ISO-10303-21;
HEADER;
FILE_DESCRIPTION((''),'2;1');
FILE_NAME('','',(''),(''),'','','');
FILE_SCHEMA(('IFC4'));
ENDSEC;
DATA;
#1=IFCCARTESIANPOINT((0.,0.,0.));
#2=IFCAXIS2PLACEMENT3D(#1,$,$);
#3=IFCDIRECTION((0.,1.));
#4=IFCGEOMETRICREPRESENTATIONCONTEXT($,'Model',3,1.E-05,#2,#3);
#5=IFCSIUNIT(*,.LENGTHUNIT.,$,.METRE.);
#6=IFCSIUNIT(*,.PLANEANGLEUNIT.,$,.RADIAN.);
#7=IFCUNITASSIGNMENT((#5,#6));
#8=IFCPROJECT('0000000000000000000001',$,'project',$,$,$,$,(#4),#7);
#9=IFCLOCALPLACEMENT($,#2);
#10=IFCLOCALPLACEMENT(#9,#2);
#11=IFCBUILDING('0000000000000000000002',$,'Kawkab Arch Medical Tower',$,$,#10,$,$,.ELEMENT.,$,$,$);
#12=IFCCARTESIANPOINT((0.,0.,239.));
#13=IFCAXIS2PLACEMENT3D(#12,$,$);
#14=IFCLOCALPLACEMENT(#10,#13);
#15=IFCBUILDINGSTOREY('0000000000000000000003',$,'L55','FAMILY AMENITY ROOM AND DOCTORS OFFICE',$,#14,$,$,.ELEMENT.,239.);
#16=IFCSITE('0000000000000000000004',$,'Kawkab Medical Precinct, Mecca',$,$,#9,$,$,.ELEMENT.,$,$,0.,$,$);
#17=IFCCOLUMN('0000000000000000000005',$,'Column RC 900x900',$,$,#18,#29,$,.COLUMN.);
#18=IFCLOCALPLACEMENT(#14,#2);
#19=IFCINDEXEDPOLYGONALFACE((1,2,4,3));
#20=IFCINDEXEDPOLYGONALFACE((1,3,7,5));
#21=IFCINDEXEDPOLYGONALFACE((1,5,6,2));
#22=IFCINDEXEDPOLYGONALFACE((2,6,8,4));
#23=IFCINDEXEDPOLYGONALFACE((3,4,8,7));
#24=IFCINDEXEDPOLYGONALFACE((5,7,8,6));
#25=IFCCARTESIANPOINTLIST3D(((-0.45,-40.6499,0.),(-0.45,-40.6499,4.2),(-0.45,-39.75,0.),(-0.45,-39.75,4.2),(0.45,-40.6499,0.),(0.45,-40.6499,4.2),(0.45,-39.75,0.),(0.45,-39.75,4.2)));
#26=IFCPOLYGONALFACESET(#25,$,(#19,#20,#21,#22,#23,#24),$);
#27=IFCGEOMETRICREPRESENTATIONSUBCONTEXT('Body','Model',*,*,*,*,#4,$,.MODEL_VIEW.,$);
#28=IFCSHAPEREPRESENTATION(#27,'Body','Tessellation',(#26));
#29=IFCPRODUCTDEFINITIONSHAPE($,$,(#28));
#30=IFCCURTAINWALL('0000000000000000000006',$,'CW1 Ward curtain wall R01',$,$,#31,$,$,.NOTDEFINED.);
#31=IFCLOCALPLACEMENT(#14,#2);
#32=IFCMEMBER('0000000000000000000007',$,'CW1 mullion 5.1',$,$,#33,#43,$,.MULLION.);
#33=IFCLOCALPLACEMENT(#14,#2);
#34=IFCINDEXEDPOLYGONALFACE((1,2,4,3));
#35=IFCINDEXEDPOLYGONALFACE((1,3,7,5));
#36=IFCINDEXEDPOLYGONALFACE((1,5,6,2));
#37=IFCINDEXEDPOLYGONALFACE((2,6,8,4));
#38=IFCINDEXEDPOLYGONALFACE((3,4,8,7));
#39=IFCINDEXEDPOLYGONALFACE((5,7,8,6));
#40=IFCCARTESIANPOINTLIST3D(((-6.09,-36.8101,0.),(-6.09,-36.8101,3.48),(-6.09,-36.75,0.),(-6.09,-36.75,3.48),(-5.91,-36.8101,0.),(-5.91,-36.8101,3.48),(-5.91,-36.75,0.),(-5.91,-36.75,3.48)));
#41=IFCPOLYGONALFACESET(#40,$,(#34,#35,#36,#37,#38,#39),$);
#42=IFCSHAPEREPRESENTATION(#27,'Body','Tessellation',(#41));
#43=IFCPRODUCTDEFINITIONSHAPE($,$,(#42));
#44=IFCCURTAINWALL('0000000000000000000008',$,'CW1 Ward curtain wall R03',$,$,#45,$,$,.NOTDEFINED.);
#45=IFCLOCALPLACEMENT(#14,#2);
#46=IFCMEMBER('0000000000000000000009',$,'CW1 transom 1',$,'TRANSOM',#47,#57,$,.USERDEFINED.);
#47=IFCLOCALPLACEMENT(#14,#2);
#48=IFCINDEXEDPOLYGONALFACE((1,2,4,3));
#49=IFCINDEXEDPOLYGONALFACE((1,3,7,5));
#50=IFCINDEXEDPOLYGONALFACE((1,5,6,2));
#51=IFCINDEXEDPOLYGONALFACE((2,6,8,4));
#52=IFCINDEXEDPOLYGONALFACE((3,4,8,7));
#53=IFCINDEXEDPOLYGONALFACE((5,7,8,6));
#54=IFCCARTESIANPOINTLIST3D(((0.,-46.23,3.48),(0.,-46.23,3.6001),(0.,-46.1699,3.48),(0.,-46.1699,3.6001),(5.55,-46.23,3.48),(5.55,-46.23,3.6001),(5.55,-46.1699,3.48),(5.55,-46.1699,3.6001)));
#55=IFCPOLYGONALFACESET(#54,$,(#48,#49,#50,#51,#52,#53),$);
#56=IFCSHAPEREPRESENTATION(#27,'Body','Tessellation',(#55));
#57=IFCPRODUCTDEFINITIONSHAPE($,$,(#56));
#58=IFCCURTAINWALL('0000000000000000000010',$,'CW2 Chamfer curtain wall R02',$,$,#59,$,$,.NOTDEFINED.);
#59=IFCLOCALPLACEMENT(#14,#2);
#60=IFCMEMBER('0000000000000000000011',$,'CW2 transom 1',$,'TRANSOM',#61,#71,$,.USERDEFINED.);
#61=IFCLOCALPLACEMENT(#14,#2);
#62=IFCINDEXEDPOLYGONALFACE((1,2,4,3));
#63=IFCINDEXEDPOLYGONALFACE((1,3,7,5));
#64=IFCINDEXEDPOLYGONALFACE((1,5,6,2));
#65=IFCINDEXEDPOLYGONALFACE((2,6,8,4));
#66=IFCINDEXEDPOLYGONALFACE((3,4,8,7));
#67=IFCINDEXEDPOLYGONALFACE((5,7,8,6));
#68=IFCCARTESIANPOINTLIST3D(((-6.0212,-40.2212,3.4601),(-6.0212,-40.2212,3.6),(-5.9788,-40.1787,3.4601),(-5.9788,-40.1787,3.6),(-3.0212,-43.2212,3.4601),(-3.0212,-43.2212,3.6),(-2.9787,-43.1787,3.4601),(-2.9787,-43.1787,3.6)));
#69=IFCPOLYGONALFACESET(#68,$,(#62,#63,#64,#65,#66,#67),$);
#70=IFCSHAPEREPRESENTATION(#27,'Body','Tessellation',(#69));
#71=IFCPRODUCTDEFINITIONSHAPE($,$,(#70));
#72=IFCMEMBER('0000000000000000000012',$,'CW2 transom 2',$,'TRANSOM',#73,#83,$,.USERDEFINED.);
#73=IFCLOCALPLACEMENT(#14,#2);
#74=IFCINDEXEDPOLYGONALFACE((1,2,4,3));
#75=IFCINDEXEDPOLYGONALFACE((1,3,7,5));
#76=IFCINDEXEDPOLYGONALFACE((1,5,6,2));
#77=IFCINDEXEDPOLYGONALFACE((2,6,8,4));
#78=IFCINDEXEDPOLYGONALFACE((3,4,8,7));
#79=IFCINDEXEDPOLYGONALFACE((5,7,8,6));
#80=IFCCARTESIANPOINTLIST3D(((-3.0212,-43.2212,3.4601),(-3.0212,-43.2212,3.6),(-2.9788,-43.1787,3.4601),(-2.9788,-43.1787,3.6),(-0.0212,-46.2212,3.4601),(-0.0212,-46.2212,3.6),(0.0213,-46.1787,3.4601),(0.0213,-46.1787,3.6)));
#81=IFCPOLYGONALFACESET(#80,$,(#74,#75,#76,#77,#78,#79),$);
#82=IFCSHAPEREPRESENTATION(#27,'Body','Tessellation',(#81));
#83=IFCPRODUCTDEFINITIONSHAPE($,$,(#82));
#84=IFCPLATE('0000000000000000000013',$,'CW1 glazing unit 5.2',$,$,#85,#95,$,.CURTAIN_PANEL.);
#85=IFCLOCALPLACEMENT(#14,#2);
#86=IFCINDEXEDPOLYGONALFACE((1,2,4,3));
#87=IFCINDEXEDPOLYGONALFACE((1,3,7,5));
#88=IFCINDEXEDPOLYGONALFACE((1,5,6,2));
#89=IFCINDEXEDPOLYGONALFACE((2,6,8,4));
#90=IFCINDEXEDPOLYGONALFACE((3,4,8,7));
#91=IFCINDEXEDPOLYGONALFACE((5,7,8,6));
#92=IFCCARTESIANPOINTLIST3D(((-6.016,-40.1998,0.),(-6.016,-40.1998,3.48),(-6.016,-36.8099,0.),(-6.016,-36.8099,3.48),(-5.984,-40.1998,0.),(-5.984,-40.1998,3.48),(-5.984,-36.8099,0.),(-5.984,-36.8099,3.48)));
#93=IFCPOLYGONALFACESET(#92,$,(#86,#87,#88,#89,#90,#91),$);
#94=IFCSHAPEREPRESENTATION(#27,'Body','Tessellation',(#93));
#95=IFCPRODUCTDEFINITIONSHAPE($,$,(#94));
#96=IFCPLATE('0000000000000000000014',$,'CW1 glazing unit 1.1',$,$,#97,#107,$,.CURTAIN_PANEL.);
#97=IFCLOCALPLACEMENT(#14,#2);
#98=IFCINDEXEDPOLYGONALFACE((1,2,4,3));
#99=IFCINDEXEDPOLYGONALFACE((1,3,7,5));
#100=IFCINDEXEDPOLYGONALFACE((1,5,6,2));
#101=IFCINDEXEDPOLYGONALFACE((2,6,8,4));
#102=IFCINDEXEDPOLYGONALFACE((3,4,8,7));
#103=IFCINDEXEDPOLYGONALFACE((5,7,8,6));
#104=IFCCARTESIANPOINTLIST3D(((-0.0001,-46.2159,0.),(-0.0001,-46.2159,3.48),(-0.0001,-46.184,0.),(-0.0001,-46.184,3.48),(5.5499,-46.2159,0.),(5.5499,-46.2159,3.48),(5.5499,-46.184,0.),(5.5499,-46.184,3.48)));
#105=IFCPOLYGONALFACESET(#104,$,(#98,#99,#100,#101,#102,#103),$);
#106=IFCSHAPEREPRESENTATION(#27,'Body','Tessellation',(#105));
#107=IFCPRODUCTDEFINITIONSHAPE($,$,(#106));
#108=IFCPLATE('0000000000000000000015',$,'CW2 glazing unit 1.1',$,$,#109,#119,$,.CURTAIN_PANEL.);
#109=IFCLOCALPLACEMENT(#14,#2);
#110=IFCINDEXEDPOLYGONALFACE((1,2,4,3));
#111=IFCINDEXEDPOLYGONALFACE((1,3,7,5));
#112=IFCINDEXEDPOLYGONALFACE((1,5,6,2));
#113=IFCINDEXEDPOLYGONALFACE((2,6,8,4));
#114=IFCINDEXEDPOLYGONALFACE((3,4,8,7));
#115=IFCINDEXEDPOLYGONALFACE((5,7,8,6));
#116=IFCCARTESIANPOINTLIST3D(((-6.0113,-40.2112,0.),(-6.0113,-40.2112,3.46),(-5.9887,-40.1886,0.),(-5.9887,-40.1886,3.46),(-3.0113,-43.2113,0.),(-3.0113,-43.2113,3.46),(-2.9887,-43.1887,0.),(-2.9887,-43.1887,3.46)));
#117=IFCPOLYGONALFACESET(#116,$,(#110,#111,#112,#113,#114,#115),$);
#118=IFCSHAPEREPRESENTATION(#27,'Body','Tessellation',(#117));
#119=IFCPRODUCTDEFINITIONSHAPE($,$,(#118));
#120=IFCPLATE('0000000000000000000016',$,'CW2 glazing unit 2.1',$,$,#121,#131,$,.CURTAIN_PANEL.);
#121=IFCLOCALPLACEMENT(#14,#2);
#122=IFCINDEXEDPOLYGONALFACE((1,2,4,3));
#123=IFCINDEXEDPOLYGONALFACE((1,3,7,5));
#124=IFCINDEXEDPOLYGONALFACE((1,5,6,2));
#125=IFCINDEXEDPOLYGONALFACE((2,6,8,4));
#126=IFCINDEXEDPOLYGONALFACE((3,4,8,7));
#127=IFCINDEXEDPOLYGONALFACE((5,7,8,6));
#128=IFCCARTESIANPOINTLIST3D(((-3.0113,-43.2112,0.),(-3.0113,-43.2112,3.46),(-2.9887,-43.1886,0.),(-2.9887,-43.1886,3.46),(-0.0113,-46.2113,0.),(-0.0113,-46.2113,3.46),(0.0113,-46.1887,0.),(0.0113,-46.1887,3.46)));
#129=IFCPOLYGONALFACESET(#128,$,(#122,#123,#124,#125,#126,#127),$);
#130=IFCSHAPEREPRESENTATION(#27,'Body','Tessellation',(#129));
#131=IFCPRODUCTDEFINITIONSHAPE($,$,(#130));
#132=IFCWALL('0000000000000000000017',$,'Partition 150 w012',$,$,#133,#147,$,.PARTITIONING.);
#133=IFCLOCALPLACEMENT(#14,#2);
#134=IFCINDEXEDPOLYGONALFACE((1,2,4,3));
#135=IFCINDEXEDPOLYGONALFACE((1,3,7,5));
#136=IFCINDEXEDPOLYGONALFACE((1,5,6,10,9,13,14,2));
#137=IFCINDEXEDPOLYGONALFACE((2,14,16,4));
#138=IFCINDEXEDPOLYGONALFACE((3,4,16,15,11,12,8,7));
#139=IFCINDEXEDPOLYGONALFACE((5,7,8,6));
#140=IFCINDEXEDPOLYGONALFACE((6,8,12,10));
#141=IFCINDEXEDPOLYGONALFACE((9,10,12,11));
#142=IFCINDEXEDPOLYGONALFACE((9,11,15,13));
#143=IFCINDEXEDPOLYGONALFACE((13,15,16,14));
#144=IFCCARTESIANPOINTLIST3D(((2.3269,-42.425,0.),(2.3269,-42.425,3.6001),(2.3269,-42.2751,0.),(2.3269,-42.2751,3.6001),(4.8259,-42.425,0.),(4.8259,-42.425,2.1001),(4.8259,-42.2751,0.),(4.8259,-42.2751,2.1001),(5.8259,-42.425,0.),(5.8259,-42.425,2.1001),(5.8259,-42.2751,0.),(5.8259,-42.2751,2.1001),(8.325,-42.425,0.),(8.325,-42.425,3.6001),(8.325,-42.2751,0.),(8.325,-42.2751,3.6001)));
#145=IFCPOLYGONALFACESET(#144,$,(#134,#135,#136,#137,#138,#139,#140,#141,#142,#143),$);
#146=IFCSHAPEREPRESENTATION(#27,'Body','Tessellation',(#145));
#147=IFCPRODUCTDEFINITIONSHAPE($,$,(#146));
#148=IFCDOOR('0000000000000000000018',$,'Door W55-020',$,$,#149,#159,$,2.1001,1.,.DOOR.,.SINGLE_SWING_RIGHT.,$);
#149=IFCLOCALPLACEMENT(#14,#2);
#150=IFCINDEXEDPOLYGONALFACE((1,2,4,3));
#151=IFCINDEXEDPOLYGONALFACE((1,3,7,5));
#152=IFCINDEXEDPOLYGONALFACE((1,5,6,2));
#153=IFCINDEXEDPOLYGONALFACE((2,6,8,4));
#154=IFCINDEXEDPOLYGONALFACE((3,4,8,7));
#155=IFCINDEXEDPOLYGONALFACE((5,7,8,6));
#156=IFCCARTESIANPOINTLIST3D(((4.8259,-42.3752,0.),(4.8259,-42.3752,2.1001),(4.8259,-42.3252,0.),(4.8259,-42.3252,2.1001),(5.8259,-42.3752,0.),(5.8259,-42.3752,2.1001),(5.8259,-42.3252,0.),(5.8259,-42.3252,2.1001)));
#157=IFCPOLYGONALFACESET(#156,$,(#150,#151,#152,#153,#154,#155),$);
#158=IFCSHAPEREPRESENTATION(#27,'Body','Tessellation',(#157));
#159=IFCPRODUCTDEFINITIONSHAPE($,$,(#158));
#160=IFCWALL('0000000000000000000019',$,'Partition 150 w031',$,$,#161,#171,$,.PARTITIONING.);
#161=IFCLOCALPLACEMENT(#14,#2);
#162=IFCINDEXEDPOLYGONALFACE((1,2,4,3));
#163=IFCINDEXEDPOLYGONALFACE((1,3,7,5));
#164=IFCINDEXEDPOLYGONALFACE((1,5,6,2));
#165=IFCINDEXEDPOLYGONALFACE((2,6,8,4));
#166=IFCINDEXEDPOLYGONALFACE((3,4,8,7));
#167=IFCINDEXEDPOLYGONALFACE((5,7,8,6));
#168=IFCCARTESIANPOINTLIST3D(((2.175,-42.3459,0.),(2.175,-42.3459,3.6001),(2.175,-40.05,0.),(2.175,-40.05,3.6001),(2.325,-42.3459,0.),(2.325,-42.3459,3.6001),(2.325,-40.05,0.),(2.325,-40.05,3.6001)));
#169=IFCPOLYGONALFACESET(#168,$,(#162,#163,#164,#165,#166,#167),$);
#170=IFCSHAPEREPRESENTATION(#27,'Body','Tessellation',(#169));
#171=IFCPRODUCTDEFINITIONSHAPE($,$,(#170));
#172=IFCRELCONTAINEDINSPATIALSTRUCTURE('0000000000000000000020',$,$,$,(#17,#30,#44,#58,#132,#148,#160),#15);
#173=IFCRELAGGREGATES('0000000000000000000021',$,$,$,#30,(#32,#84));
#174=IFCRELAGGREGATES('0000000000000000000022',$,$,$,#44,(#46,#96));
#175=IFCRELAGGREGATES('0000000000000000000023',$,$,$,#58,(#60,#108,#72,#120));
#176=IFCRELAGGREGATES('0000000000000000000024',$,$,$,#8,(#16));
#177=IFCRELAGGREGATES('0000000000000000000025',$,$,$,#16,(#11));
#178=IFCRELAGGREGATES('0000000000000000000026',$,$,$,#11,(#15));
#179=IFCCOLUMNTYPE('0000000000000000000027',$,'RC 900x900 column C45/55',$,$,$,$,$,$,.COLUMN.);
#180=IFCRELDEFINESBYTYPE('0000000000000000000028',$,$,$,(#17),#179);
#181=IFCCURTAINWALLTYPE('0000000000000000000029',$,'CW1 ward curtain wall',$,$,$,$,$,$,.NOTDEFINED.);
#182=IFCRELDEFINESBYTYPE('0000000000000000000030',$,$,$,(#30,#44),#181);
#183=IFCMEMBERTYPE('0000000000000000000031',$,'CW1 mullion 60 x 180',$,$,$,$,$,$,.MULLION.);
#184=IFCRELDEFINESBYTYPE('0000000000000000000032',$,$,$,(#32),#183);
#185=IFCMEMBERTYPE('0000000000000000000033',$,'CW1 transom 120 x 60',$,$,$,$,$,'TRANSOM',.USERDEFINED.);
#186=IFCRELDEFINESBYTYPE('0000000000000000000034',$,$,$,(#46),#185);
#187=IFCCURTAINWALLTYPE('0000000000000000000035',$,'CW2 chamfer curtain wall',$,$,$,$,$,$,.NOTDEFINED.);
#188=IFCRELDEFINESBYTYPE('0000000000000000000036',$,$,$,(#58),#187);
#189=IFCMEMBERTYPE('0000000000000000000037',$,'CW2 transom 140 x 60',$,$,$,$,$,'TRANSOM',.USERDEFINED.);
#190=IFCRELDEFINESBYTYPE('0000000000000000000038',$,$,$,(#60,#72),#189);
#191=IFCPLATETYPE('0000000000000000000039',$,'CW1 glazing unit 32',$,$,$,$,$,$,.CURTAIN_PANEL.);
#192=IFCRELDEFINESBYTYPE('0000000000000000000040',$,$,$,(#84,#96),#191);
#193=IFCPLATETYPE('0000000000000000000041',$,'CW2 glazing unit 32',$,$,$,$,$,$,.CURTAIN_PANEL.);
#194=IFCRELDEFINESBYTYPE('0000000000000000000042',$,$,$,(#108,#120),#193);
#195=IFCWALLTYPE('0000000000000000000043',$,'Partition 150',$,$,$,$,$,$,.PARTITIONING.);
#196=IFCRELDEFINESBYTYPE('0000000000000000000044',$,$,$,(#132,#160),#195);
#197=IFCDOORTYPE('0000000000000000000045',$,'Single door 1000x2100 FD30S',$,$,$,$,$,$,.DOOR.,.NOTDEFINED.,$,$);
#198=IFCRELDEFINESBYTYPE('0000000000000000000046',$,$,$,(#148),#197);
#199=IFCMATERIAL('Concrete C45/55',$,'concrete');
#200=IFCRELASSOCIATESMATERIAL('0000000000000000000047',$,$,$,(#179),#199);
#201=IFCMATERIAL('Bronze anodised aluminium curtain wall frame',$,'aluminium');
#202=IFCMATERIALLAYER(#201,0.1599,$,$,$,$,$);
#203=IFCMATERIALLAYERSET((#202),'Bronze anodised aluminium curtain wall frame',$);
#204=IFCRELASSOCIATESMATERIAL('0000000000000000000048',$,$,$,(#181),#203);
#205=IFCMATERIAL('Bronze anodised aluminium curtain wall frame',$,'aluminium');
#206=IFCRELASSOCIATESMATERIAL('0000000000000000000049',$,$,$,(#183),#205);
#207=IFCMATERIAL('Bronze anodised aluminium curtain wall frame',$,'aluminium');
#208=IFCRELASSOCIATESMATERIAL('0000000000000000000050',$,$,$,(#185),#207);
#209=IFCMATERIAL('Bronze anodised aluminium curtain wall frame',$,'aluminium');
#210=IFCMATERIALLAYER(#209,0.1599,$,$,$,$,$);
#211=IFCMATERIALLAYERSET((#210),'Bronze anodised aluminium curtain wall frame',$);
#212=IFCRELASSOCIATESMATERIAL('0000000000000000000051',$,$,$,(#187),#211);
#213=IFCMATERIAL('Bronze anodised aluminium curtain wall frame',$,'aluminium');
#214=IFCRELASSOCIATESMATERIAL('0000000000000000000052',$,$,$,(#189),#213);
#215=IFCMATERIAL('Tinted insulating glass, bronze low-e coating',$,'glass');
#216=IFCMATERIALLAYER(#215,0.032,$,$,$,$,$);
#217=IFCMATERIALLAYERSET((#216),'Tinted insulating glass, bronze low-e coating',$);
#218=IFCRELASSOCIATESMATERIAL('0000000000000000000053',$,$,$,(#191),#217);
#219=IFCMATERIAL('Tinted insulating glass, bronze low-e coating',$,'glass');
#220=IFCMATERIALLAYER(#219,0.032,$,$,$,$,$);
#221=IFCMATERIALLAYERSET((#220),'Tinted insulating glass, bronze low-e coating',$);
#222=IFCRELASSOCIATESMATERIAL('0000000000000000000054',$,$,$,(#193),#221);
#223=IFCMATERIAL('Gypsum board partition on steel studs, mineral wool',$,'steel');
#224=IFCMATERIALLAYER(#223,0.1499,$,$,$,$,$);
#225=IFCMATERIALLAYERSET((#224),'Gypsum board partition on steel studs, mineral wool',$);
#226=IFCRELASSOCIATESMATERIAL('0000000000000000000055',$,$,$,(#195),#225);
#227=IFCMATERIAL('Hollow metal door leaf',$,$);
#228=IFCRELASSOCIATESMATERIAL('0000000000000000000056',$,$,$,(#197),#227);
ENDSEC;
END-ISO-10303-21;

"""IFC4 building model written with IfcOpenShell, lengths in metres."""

from ifc_helpers import new_model, si_unit, direction, frame, frame_2d, origin, origin_2d, place, context, subcontext, project, spatial, rectangle, extrude, material, layer, layer_set, material_profile, profile_set, type_object, element, fill, aggregate, save


model = new_model("IFC4")

# Units and contexts
model_context = context("Model", 3, precision=1e-05, world=origin(), true_north=direction((0.0, 1.0)))
body_context = subcontext(model_context, "Body", "Model", "MODEL_VIEW")
ifc_project = project(units=[si_unit("LENGTHUNIT", "METRE"), si_unit("PLANEANGLEUNIT", "RADIAN")], contexts=[model_context])

# Site, building, storey
site_placement = place(None, origin())
site = spatial("IfcSite", under=ifc_project, at=site_placement, Name="Kawkab Medical Precinct, Mecca", CompositionType="ELEMENT", RefElevation=0.0)
building_placement = place(site_placement, origin())
building = spatial("IfcBuilding", under=site, at=building_placement, Name="Kawkab Arch Medical Tower", CompositionType="ELEMENT")
storey_placement = place(building_placement, frame((0.0, 0.0, 239.0)))
storey = spatial("IfcBuildingStorey", under=building, at=storey_placement, Name="L55", Description="FAMILY AMENITY ROOM AND DOCTORS OFFICE", CompositionType="ELEMENT", Elevation=239.0)

# Column
ifc_material_1 = material(Name="Concrete C45/55", Category="concrete")
ifc_material_profile_1 = material_profile(ifc_material_1, rectangle(XDim=0.8999, YDim=0.8999, at=origin_2d()), Name="RC 900x900")
ifc_profile_set_1 = profile_set([ifc_material_profile_1], Name="Concrete C45/55")
column_type = type_object("IfcColumnType", Name="RC 900x900 column C45/55", PredefinedType="COLUMN", material=ifc_profile_set_1)
column_placement = place(storey_placement, frame((0.0, -40.2, 0.0), z_axis=(0.0, 0.0, 1.0), x_axis=(1.0, 0.0, 0.0)))
element("IfcColumn", 1, at=column_placement, inside=storey, type_object=column_type, Name="Column RC 900x900", PredefinedType="COLUMN", context=body_context, shape_type="SweptSolid", body=[
    extrude(rectangle(XDim=0.8999, YDim=0.8999, at=origin_2d()), origin(), (0.0, 0.0, 1.0), 4.2),
])

# Curtain walls, members
ifc_material_2 = material(Name="Bronze anodised aluminium curtain wall frame", Category="aluminium")
ifc_layer_1 = layer(ifc_material_2, 0.1599)
ifc_layer_set_1 = layer_set([ifc_layer_1], Name="Bronze anodised aluminium curtain wall frame")
curtain_wall_type_1 = type_object("IfcCurtainWallType", Name="CW1 ward curtain wall", PredefinedType="NOTDEFINED", material=ifc_layer_set_1)
placement = place(storey_placement, origin())
curtain_wall_1 = element("IfcCurtainWall", 2, at=placement, inside=storey, type_object=curtain_wall_type_1, Name="CW1 Ward curtain wall R01", PredefinedType="NOTDEFINED")
ifc_material_3 = material(Name="Bronze anodised aluminium curtain wall frame", Category="aluminium")
ifc_material_profile_2 = material_profile(ifc_material_3, rectangle(XDim=0.1799, YDim=0.0601, at=origin_2d()), Name="AL 60x180")
ifc_profile_set_2 = profile_set([ifc_material_profile_2], Name="Bronze anodised aluminium curtain wall frame")
member_type_1 = type_object("IfcMemberType", Name="CW1 mullion 60 x 180", PredefinedType="MULLION", material=ifc_profile_set_2)
member_1_placement = place(storey_placement, frame((-6.0, -36.78, 0.0), z_axis=(0.0, 0.0, 1.0), x_axis=(1.0, 0.0, 0.0)))
member_1 = element("IfcMember", 3, at=member_1_placement, type_object=member_type_1, Name="CW1 mullion 5.1", PredefinedType="MULLION", context=body_context, shape_type="SweptSolid", body=[
    extrude(rectangle(XDim=0.1799, YDim=0.0601, at=origin_2d()), origin(), (0.0, 0.0, 1.0), 3.48),
])
curtain_wall_2 = element("IfcCurtainWall", 4, at=placement, inside=storey, type_object=curtain_wall_type_1, Name="CW1 Ward curtain wall R03", PredefinedType="NOTDEFINED")
ifc_material_4 = material(Name="Bronze anodised aluminium curtain wall frame", Category="aluminium")
ifc_material_profile_3 = material_profile(ifc_material_4, rectangle(XDim=0.0601, YDim=0.1201, at=origin_2d()), Name="AL 60x120")
ifc_profile_set_3 = profile_set([ifc_material_profile_3], Name="Bronze anodised aluminium curtain wall frame")
member_type_2 = type_object("IfcMemberType", Name="CW1 transom 120 x 60", ElementType="TRANSOM", PredefinedType="USERDEFINED", material=ifc_profile_set_3)
member_2_placement = place(storey_placement, frame((0.0, -46.2, 3.54), z_axis=(1.0, 0.0, 0.0), x_axis=(0.0, 1.0, 0.0)))
member_2 = element("IfcMember", 5, at=member_2_placement, type_object=member_type_2, Name="CW1 transom 1", ObjectType="TRANSOM", PredefinedType="USERDEFINED", context=body_context, shape_type="SweptSolid", body=[
    extrude(rectangle(XDim=0.0601, YDim=0.1201, at=origin_2d()), origin(), (0.0, 0.0, 1.0), 5.55),
])

# Curtain wall, members
ifc_material_5 = material(Name="Bronze anodised aluminium curtain wall frame", Category="aluminium")
ifc_layer_2 = layer(ifc_material_5, 0.1599)
ifc_layer_set_2 = layer_set([ifc_layer_2], Name="Bronze anodised aluminium curtain wall frame")
curtain_wall_type_2 = type_object("IfcCurtainWallType", Name="CW2 chamfer curtain wall", PredefinedType="NOTDEFINED", material=ifc_layer_set_2)
curtain_wall_3 = element("IfcCurtainWall", 6, at=placement, inside=storey, type_object=curtain_wall_type_2, Name="CW2 Chamfer curtain wall R02", PredefinedType="NOTDEFINED")
ifc_material_6 = material(Name="Bronze anodised aluminium curtain wall frame", Category="aluminium")
ifc_material_profile_4 = material_profile(ifc_material_6, rectangle(XDim=0.0601, YDim=0.1399, at=origin_2d()), Name="AL 60x140")
ifc_profile_set_4 = profile_set([ifc_material_profile_4], Name="Bronze anodised aluminium curtain wall frame")
member_type_3 = type_object("IfcMemberType", Name="CW2 transom 140 x 60", ElementType="TRANSOM", PredefinedType="USERDEFINED", material=ifc_profile_set_4)
member_3_placement = place(storey_placement, frame((-6.0, -40.2, 3.53), z_axis=(0.707107, -0.707107, 0.0), x_axis=(0.707107, 0.707107, 0.0)))
member_3 = element("IfcMember", 7, at=member_3_placement, type_object=member_type_3, Name="CW2 transom 1", ObjectType="TRANSOM", PredefinedType="USERDEFINED", context=body_context, shape_type="SweptSolid", body=[
    extrude(rectangle(XDim=0.0601, YDim=0.1399, at=origin_2d()), origin(), (0.0, 0.0, 1.0), 4.2427),
])
member_4_placement = place(storey_placement, frame((-3.0, -43.2, 3.53), z_axis=(0.707107, -0.707107, 0.0), x_axis=(0.707107, 0.707107, 0.0)))
member_4 = element("IfcMember", 8, at=member_4_placement, type_object=member_type_3, Name="CW2 transom 2", ObjectType="TRANSOM", PredefinedType="USERDEFINED", context=body_context, shape_type="SweptSolid", body=[
    extrude(rectangle(XDim=0.0601, YDim=0.1399, at=origin_2d()), origin(), (0.0, 0.0, 1.0), 4.2427),
])

# Plates
ifc_material_7 = material(Name="Tinted insulating glass, bronze low-e coating", Category="glass")
ifc_layer_3 = layer(ifc_material_7, 0.032)
ifc_layer_set_3 = layer_set([ifc_layer_3], Name="Tinted insulating glass, bronze low-e coating")
plate_type_1 = type_object("IfcPlateType", Name="CW1 glazing unit 32", PredefinedType="CURTAIN_PANEL", material=ifc_layer_set_3)
plate_1_placement = place(storey_placement, frame((-6.0, -38.5049, 0.0), z_axis=(0.0, 0.0, 1.0), x_axis=(0.0, -1.0, 0.0)))
plate_1 = element("IfcPlate", 9, at=plate_1_placement, type_object=plate_type_1, Name="CW1 glazing unit 5.2", PredefinedType="CURTAIN_PANEL", context=body_context, shape_type="SweptSolid", body=[
    extrude(rectangle(XDim=3.3899, YDim=0.032, at=origin_2d()), origin(), (0.0, 0.0, 1.0), 3.48),
])
aggregate(curtain_wall_1, [member_1, plate_1])
plate_2_placement = place(storey_placement, frame((2.7749, -46.2, 0.0), z_axis=(0.0, 0.0, 1.0), x_axis=(1.0, 0.0, 0.0)))
plate_2 = element("IfcPlate", 10, at=plate_2_placement, type_object=plate_type_1, Name="CW1 glazing unit 1.1", PredefinedType="CURTAIN_PANEL", context=body_context, shape_type="SweptSolid", body=[
    extrude(rectangle(XDim=5.55, YDim=0.032, at=origin_2d()), origin(), (0.0, 0.0, 1.0), 3.48),
])
aggregate(curtain_wall_2, [member_2, plate_2])
ifc_material_8 = material(Name="Tinted insulating glass, bronze low-e coating", Category="glass")
ifc_layer_4 = layer(ifc_material_8, 0.032)
ifc_layer_set_4 = layer_set([ifc_layer_4], Name="Tinted insulating glass, bronze low-e coating")
plate_type_2 = type_object("IfcPlateType", Name="CW2 glazing unit 32", PredefinedType="CURTAIN_PANEL", material=ifc_layer_set_4)
plate_3_placement = place(storey_placement, frame((-4.5, -41.7, 0.0), z_axis=(0.0, 0.0, 1.0), x_axis=(0.707107, -0.707107, 0.0)))
plate_3 = element("IfcPlate", 11, at=plate_3_placement, type_object=plate_type_2, Name="CW2 glazing unit 1.1", PredefinedType="CURTAIN_PANEL", context=body_context, shape_type="SweptSolid", body=[
    extrude(rectangle(XDim=4.2427, YDim=0.032, at=origin_2d()), origin(), (0.0, 0.0, 1.0), 3.46),
])
plate_4_placement = place(storey_placement, frame((-1.5, -44.7, 0.0), z_axis=(0.0, 0.0, 1.0), x_axis=(0.707107, -0.707107, 0.0)))
plate_4 = element("IfcPlate", 12, at=plate_4_placement, type_object=plate_type_2, Name="CW2 glazing unit 2.1", PredefinedType="CURTAIN_PANEL", context=body_context, shape_type="SweptSolid", body=[
    extrude(rectangle(XDim=4.2427, YDim=0.032, at=origin_2d()), origin(), (0.0, 0.0, 1.0), 3.46),
])
aggregate(curtain_wall_3, [member_3, plate_3, member_4, plate_4])

# Wall, opening, door
ifc_material_9 = material(Name="Gypsum board partition on steel studs, mineral wool", Category="steel")
ifc_layer_5 = layer(ifc_material_9, 0.1499)
ifc_layer_set_5 = layer_set([ifc_layer_5], Name="Gypsum board partition on steel studs, mineral wool")
wall_type_1 = type_object("IfcWallType", Name="Partition 150", PredefinedType="PARTITIONING", material=ifc_layer_set_5)
wall_1_placement = place(storey_placement, frame((2.3269, -42.3501, 0.0), z_axis=(0.0, 0.0, 1.0), x_axis=(1.0, 0.0, 0.0)))
wall_1 = element("IfcWall", 13, at=wall_1_placement, inside=storey, type_object=wall_type_1, Name="Partition 150 w012", PredefinedType="PARTITIONING", context=body_context, shape_type="SweptSolid", body=[
    extrude(rectangle(XDim=5.998, YDim=0.1499, at=frame_2d((2.999, 0.0))), origin(), (0.0, 0.0, 1.0), 3.6001),
])
opening_1_placement = place(wall_1_placement, frame((2.499, 0.0, 0.0)))
opening_1 = element("IfcOpeningElement", 14, at=opening_1_placement, cuts=wall_1, PredefinedType="OPENING", context=body_context, shape_type="SweptSolid", body=[
    extrude(rectangle(XDim=1.0, YDim=2.1001, at=frame_2d((0.5, 1.05))), frame((0.0, 0.085, 0.0), z_axis=(0.0, -1.0, 0.0), x_axis=(1.0, 0.0, 0.0)), (0.0, 0.0, 1.0), 0.1699),
])
ifc_material_10 = material(Name="Hollow metal door leaf")
door_type_1 = type_object("IfcDoorType", Name="Single door 1000x2100 FD30S", OperationType="NOTDEFINED", PredefinedType="DOOR", material=ifc_material_10)
door_1_placement = place(opening_1_placement, origin())
door_1 = element("IfcDoor", 15, at=door_1_placement, inside=storey, type_object=door_type_1, Name="Door W55-020", OperationType="SINGLE_SWING_RIGHT", OverallHeight=2.1001, OverallWidth=1.0, PredefinedType="DOOR", context=body_context, shape_type="SweptSolid", body=[
    extrude(rectangle(XDim=1.0, YDim=2.1001, at=frame_2d((0.5, 1.05))), frame((0.0, 0.0249, 0.0), z_axis=(0.0, -1.0, 0.0), x_axis=(1.0, 0.0, 0.0)), (0.0, 0.0, 1.0), 0.05),
])
fill(opening_1, door_1)

# Wall
wall_2_placement = place(storey_placement, frame((2.25, -42.3459, 0.0), z_axis=(0.0, 0.0, 1.0), x_axis=(0.0, 1.0, 0.0)))
element("IfcWall", 16, at=wall_2_placement, inside=storey, type_object=wall_type_1, Name="Partition 150 w031", PredefinedType="PARTITIONING", context=body_context, shape_type="SweptSolid", body=[
    extrude(rectangle(XDim=2.2959, YDim=0.1499, at=frame_2d((1.1479, 0.0))), origin(), (0.0, 0.0, 1.0), 3.6001),
])

save(model, "model.ifc")
